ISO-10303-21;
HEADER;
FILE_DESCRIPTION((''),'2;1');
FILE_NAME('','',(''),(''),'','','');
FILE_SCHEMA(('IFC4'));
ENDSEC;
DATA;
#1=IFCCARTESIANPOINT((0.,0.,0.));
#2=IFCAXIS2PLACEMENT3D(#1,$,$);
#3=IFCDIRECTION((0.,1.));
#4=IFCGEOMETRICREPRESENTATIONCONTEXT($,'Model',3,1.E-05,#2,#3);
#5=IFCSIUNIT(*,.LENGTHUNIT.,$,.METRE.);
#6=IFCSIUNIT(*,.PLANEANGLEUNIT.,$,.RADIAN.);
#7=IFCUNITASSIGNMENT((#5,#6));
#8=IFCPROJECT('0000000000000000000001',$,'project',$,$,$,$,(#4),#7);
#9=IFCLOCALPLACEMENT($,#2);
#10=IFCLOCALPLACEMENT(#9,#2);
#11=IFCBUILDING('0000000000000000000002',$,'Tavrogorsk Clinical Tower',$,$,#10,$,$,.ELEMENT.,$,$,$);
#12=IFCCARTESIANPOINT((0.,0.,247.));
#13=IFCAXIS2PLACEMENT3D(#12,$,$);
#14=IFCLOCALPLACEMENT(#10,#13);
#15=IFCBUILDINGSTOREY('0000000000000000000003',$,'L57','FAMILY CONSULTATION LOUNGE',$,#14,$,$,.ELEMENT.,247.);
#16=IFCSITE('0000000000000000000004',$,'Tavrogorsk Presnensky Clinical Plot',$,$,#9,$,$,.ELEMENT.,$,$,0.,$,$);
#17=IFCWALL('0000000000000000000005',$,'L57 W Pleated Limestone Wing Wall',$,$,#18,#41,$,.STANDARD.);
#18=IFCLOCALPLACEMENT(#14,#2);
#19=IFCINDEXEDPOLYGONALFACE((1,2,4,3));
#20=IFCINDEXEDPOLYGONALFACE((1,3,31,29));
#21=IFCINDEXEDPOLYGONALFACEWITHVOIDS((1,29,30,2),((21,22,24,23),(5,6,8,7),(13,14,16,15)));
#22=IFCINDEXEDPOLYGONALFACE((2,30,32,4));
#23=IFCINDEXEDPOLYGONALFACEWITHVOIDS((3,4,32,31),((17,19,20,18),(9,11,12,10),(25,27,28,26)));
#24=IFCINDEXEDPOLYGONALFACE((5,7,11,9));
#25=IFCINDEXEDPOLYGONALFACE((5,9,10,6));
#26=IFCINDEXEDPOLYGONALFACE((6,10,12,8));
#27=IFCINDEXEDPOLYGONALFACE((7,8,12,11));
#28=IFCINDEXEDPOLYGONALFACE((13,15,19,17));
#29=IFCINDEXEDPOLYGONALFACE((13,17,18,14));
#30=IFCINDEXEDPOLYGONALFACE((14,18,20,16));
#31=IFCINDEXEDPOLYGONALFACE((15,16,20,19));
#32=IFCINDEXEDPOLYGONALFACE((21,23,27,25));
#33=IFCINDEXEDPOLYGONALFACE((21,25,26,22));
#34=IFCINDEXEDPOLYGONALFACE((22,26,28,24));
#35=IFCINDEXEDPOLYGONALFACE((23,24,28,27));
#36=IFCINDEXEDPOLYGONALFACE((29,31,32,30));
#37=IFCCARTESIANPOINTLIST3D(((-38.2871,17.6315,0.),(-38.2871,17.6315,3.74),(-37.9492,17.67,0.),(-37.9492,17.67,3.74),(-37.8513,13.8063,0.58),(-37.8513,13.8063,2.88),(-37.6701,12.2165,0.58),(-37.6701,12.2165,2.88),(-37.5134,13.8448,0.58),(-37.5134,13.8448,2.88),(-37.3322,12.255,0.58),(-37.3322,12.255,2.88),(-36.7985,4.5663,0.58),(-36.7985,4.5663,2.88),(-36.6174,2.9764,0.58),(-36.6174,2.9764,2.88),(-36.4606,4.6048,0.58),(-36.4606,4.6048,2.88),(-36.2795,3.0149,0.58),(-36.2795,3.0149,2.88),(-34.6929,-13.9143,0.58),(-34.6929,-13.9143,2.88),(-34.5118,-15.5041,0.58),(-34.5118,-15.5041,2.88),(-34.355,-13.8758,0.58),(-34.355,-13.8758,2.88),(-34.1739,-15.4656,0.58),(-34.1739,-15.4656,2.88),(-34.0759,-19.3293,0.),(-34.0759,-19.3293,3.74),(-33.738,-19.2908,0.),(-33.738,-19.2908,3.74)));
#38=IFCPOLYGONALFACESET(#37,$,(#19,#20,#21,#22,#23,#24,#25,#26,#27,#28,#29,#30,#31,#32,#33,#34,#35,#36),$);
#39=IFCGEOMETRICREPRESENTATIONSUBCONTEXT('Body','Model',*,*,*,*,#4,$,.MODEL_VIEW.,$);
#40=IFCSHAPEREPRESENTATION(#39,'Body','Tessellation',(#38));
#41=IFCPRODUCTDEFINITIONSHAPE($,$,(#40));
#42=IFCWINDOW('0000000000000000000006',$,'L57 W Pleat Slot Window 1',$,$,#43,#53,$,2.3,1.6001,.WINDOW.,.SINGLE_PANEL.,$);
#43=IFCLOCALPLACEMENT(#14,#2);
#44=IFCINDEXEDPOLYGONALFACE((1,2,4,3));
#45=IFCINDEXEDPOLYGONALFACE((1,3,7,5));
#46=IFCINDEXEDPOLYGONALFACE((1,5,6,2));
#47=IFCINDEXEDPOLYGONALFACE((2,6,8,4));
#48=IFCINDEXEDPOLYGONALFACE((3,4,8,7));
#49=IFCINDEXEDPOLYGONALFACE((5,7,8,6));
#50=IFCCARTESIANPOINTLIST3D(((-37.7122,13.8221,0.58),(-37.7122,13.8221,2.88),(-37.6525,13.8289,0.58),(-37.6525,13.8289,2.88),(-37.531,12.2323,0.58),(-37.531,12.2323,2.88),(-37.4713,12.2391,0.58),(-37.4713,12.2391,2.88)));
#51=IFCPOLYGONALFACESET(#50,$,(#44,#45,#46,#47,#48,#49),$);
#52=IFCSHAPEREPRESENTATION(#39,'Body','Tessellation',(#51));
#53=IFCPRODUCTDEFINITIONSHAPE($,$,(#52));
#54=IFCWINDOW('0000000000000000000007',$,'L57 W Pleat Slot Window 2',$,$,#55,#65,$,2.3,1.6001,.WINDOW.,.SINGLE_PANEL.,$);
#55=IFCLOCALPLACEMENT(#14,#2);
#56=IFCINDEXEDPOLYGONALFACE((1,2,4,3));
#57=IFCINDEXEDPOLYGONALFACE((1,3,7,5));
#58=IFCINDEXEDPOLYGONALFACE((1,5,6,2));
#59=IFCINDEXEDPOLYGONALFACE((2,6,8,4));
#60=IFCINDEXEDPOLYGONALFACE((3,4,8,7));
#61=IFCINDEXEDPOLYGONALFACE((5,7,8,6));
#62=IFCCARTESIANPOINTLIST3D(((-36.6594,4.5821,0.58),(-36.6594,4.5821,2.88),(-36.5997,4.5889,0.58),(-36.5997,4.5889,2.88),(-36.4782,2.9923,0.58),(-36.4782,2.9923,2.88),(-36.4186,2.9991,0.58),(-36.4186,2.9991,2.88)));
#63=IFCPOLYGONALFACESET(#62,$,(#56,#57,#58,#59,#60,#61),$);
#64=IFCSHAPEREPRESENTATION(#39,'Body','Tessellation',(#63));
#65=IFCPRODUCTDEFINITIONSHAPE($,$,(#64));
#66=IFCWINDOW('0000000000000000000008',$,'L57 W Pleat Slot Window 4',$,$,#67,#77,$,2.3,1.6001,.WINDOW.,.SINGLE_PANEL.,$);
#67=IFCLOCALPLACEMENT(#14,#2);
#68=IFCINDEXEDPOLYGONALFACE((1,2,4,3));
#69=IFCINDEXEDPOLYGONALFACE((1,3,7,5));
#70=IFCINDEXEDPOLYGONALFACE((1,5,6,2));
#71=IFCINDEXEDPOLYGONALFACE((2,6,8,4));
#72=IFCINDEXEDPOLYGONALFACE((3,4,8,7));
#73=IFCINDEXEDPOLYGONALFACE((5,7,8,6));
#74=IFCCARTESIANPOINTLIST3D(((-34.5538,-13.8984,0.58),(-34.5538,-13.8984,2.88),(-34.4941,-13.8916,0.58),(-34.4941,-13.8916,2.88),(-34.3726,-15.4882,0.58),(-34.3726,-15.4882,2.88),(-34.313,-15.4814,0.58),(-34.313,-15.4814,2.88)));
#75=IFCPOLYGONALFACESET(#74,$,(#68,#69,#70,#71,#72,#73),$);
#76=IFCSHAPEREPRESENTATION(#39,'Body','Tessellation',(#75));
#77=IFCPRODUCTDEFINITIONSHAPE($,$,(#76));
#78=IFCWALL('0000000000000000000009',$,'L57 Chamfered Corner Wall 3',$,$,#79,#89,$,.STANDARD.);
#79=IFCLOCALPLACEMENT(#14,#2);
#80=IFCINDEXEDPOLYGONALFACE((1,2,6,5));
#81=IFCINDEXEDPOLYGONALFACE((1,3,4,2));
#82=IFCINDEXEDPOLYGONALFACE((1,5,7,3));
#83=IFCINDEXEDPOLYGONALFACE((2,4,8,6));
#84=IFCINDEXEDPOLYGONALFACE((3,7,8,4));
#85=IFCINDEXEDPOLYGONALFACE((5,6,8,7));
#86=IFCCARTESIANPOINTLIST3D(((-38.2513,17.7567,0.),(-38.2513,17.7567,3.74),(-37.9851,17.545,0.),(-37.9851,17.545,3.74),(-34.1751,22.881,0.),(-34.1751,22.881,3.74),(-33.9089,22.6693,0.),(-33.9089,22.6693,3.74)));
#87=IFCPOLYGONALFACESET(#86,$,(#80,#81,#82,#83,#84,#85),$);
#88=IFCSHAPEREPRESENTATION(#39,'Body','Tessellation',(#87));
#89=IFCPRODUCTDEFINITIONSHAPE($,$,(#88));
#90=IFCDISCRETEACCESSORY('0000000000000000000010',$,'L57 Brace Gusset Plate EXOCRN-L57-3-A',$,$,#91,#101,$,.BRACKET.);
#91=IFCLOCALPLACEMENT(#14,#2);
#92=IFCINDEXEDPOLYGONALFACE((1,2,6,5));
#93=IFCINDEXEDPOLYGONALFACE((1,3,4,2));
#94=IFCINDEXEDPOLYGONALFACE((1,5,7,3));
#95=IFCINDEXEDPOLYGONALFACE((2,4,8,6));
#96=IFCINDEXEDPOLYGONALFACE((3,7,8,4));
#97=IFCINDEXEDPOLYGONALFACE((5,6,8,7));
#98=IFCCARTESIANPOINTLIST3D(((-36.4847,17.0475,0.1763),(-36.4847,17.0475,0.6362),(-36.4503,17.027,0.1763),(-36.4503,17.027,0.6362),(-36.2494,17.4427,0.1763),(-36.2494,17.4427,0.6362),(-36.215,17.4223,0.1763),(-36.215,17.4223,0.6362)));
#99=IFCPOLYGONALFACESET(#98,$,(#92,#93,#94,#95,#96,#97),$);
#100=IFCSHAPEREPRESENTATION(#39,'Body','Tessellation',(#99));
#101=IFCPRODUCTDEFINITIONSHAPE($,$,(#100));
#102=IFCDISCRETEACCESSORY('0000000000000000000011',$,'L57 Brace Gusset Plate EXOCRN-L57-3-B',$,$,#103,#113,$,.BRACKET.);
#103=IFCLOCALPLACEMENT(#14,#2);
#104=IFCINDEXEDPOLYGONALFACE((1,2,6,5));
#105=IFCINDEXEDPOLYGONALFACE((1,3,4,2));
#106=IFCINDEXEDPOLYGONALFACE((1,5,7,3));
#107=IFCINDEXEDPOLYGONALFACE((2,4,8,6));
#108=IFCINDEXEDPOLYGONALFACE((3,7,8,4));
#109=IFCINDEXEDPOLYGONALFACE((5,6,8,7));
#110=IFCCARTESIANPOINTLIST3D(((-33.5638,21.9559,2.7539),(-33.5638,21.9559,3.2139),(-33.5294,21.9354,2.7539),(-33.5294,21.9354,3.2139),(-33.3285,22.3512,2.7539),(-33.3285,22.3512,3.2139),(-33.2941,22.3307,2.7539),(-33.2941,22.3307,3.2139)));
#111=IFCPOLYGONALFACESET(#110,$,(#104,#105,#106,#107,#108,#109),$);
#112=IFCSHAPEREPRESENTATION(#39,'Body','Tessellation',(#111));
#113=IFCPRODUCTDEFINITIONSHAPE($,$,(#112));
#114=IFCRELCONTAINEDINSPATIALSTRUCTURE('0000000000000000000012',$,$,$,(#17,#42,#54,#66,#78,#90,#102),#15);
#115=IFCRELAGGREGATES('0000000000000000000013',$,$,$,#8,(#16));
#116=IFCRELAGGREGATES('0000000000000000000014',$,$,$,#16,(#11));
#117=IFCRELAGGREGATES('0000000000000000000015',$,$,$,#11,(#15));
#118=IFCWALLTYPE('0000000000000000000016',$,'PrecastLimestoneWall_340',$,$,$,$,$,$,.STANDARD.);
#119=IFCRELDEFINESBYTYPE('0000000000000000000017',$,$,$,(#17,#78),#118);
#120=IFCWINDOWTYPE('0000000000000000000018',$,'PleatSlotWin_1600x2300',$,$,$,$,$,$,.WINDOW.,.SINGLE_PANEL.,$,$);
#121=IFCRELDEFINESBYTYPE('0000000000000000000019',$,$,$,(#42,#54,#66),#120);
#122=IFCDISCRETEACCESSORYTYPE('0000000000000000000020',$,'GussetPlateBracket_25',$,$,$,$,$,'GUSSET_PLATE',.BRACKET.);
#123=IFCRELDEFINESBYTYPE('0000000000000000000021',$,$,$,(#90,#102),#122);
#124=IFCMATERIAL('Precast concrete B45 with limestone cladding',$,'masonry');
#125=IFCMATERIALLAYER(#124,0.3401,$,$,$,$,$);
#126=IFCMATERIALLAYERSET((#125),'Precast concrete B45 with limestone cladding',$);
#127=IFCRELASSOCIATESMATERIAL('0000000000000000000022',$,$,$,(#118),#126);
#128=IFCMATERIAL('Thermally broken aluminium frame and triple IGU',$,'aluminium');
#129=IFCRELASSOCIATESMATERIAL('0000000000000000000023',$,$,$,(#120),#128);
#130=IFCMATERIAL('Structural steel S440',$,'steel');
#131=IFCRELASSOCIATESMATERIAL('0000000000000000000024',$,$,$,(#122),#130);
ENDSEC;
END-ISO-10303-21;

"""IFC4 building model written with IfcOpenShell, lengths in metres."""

from ifc_helpers import new_model, si_unit, direction, frame, frame_2d, origin, origin_2d, place, context, subcontext, project, spatial, rectangle, extrude, material, layer, layer_set, type_object, element, fill, save


model = new_model("IFC4")

# Units and contexts
model_context = context("Model", 3, precision=1e-05, world=origin(), true_north=direction((0.0, 1.0)))
body_context = subcontext(model_context, "Body", "Model", "MODEL_VIEW")
ifc_project = project(units=[si_unit("LENGTHUNIT", "METRE"), si_unit("PLANEANGLEUNIT", "RADIAN")], contexts=[model_context])

# Site, building, storey
site_placement = place(None, origin())
site = spatial("IfcSite", under=ifc_project, at=site_placement, Name="Tavrogorsk Presnensky Clinical Plot", CompositionType="ELEMENT", RefElevation=0.0)
building_placement = place(site_placement, origin())
building = spatial("IfcBuilding", under=site, at=building_placement, Name="Tavrogorsk Clinical Tower", CompositionType="ELEMENT")
storey_placement = place(building_placement, frame((0.0, 0.0, 247.0)))
storey = spatial("IfcBuildingStorey", under=building, at=storey_placement, Name="L57", Description="FAMILY CONSULTATION LOUNGE", CompositionType="ELEMENT", Elevation=247.0)

# Wall, openings, windows
ifc_material_1 = material(Name="Precast concrete B45 with limestone cladding", Category="masonry")
ifc_layer_1 = layer(ifc_material_1, 0.3401)
ifc_layer_set_1 = layer_set([ifc_layer_1], Name="Precast concrete B45 with limestone cladding")
wall_type_1 = type_object("IfcWallType", Name="PrecastLimestoneWall_340", PredefinedType="STANDARD", material=ifc_layer_set_1)
wall_1_placement = place(storey_placement, frame((-38.1182, 17.6509, 0.0), z_axis=(0.0, 0.0, 1.0), x_axis=(0.113204, -0.993572, 0.0)))
wall_1 = element("IfcWall", 1, at=wall_1_placement, inside=storey, type_object=wall_type_1, Name="L57 W Pleated Limestone Wing Wall", PredefinedType="STANDARD", context=body_context, shape_type="SweptSolid", body=[
    extrude(rectangle(XDim=37.2, YDim=0.3401, at=frame_2d((18.6001, 0.0))), origin(), (0.0, 0.0, 1.0), 3.74),
])
opening_1_placement = place(wall_1_placement, frame((3.8501, 0.0, 0.5801)))
opening_1 = element("IfcOpeningElement", 2, at=opening_1_placement, cuts=wall_1, PredefinedType="OPENING", context=body_context, shape_type="SweptSolid", body=[
    extrude(rectangle(XDim=1.6001, YDim=2.3, at=frame_2d((0.8, 1.1499))), frame((0.0, 0.1799, 0.0), z_axis=(0.0, -1.0, 0.0), x_axis=(1.0, 0.0, 0.0)), (0.0, 0.0, 1.0), 0.3601),
])
opening_2_placement = place(wall_1_placement, frame((13.1499, 0.0, 0.5801)))
opening_2 = element("IfcOpeningElement", 3, at=opening_2_placement, cuts=wall_1, PredefinedType="OPENING", context=body_context, shape_type="SweptSolid", body=[
    extrude(rectangle(XDim=1.6001, YDim=2.3, at=frame_2d((0.8, 1.1499))), frame((0.0, 0.1799, 0.0), z_axis=(0.0, -1.0, 0.0), x_axis=(1.0, 0.0, 0.0)), (0.0, 0.0, 1.0), 0.3601),
])
opening_3_placement = place(wall_1_placement, frame((31.75, 0.0, 0.5801)))
opening_3 = element("IfcOpeningElement", 4, at=opening_3_placement, cuts=wall_1, PredefinedType="OPENING", context=body_context, shape_type="SweptSolid", body=[
    extrude(rectangle(XDim=1.6001, YDim=2.3, at=frame_2d((0.8, 1.1499))), frame((0.0, 0.1799, 0.0), z_axis=(0.0, -1.0, 0.0), x_axis=(1.0, 0.0, 0.0)), (0.0, 0.0, 1.0), 0.3601),
])
ifc_material_2 = material(Name="Thermally broken aluminium frame and triple IGU", Category="aluminium")
window_type = type_object("IfcWindowType", Name="PleatSlotWin_1600x2300", PartitioningType="SINGLE_PANEL", PredefinedType="WINDOW", material=ifc_material_2)
window_1_placement = place(opening_1_placement, origin())
window_1 = element("IfcWindow", 5, at=window_1_placement, inside=storey, type_object=window_type, Name="L57 W Pleat Slot Window 1", OverallHeight=2.3, OverallWidth=1.6001, PartitioningType="SINGLE_PANEL", PredefinedType="WINDOW", context=body_context, shape_type="SweptSolid", body=[
    extrude(rectangle(XDim=1.6001, YDim=2.3, at=frame_2d((0.8, 1.1499))), frame((0.0, 0.03, 0.0), z_axis=(0.0, -1.0, 0.0), x_axis=(1.0, 0.0, 0.0)), (0.0, 0.0, 1.0), 0.0601),
])
fill(opening_1, window_1)
window_2_placement = place(opening_2_placement, origin())
window_2 = element("IfcWindow", 6, at=window_2_placement, inside=storey, type_object=window_type, Name="L57 W Pleat Slot Window 2", OverallHeight=2.3, OverallWidth=1.6001, PartitioningType="SINGLE_PANEL", PredefinedType="WINDOW", context=body_context, shape_type="SweptSolid", body=[
    extrude(rectangle(XDim=1.6001, YDim=2.3, at=frame_2d((0.8, 1.1499))), frame((0.0, 0.03, 0.0), z_axis=(0.0, -1.0, 0.0), x_axis=(1.0, 0.0, 0.0)), (0.0, 0.0, 1.0), 0.0601),
])
fill(opening_2, window_2)
window_3_placement = place(opening_3_placement, origin())
window_3 = element("IfcWindow", 7, at=window_3_placement, inside=storey, type_object=window_type, Name="L57 W Pleat Slot Window 4", OverallHeight=2.3, OverallWidth=1.6001, PartitioningType="SINGLE_PANEL", PredefinedType="WINDOW", context=body_context, shape_type="SweptSolid", body=[
    extrude(rectangle(XDim=1.6001, YDim=2.3, at=frame_2d((0.8, 1.1499))), frame((0.0, 0.03, 0.0), z_axis=(0.0, -1.0, 0.0), x_axis=(1.0, 0.0, 0.0)), (0.0, 0.0, 1.0), 0.0601),
])
fill(opening_3, window_3)

# Wall
wall_2_placement = place(storey_placement, frame((-34.042, 22.7751, 0.0), z_axis=(0.0, 0.0, 1.0), x_axis=(-0.622528, -0.782597, 0.0)))
element("IfcWall", 8, at=wall_2_placement, inside=storey, type_object=wall_type_1, Name="L57 Chamfered Corner Wall 3", PredefinedType="STANDARD", context=body_context, shape_type="SweptSolid", body=[
    extrude(rectangle(XDim=6.5479, YDim=0.3401, at=frame_2d((3.2739, 0.0))), origin(), (0.0, 0.0, 1.0), 3.74),
])

# Discrete accessories
ifc_material_3 = material(Name="Structural steel S440", Category="steel")
discrete_accessory_type = type_object("IfcDiscreteAccessoryType", Name="GussetPlateBracket_25", ElementType="GUSSET_PLATE", PredefinedType="BRACKET", material=ifc_material_3)
for number, where, z_axis, x_axis, name in (
    (9, (-36.3499, 17.2349, 0.1763), (0.0, 0.0, 1.0), (0.511443, 0.859317, 0.0), "L57 Brace Gusset Plate EXOCRN-L57-3-A"),
    (10, (-33.429, 22.1433, 2.7539), (0.0, 0.0, 1.0), (0.511443, 0.859317, 0.0), "L57 Brace Gusset Plate EXOCRN-L57-3-B"),
):
    element("IfcDiscreteAccessory", number, at=place(storey_placement, frame(where, z_axis=z_axis, x_axis=x_axis)), inside=storey, type_object=discrete_accessory_type, Name=name, PredefinedType="BRACKET", context=body_context, shape_type="SweptSolid", body=[
        extrude(rectangle(XDim=0.46, YDim=0.04, at=origin_2d()), origin(), (0.0, 0.0, 1.0), 0.46),
    ])

save(model, "model.ifc")
